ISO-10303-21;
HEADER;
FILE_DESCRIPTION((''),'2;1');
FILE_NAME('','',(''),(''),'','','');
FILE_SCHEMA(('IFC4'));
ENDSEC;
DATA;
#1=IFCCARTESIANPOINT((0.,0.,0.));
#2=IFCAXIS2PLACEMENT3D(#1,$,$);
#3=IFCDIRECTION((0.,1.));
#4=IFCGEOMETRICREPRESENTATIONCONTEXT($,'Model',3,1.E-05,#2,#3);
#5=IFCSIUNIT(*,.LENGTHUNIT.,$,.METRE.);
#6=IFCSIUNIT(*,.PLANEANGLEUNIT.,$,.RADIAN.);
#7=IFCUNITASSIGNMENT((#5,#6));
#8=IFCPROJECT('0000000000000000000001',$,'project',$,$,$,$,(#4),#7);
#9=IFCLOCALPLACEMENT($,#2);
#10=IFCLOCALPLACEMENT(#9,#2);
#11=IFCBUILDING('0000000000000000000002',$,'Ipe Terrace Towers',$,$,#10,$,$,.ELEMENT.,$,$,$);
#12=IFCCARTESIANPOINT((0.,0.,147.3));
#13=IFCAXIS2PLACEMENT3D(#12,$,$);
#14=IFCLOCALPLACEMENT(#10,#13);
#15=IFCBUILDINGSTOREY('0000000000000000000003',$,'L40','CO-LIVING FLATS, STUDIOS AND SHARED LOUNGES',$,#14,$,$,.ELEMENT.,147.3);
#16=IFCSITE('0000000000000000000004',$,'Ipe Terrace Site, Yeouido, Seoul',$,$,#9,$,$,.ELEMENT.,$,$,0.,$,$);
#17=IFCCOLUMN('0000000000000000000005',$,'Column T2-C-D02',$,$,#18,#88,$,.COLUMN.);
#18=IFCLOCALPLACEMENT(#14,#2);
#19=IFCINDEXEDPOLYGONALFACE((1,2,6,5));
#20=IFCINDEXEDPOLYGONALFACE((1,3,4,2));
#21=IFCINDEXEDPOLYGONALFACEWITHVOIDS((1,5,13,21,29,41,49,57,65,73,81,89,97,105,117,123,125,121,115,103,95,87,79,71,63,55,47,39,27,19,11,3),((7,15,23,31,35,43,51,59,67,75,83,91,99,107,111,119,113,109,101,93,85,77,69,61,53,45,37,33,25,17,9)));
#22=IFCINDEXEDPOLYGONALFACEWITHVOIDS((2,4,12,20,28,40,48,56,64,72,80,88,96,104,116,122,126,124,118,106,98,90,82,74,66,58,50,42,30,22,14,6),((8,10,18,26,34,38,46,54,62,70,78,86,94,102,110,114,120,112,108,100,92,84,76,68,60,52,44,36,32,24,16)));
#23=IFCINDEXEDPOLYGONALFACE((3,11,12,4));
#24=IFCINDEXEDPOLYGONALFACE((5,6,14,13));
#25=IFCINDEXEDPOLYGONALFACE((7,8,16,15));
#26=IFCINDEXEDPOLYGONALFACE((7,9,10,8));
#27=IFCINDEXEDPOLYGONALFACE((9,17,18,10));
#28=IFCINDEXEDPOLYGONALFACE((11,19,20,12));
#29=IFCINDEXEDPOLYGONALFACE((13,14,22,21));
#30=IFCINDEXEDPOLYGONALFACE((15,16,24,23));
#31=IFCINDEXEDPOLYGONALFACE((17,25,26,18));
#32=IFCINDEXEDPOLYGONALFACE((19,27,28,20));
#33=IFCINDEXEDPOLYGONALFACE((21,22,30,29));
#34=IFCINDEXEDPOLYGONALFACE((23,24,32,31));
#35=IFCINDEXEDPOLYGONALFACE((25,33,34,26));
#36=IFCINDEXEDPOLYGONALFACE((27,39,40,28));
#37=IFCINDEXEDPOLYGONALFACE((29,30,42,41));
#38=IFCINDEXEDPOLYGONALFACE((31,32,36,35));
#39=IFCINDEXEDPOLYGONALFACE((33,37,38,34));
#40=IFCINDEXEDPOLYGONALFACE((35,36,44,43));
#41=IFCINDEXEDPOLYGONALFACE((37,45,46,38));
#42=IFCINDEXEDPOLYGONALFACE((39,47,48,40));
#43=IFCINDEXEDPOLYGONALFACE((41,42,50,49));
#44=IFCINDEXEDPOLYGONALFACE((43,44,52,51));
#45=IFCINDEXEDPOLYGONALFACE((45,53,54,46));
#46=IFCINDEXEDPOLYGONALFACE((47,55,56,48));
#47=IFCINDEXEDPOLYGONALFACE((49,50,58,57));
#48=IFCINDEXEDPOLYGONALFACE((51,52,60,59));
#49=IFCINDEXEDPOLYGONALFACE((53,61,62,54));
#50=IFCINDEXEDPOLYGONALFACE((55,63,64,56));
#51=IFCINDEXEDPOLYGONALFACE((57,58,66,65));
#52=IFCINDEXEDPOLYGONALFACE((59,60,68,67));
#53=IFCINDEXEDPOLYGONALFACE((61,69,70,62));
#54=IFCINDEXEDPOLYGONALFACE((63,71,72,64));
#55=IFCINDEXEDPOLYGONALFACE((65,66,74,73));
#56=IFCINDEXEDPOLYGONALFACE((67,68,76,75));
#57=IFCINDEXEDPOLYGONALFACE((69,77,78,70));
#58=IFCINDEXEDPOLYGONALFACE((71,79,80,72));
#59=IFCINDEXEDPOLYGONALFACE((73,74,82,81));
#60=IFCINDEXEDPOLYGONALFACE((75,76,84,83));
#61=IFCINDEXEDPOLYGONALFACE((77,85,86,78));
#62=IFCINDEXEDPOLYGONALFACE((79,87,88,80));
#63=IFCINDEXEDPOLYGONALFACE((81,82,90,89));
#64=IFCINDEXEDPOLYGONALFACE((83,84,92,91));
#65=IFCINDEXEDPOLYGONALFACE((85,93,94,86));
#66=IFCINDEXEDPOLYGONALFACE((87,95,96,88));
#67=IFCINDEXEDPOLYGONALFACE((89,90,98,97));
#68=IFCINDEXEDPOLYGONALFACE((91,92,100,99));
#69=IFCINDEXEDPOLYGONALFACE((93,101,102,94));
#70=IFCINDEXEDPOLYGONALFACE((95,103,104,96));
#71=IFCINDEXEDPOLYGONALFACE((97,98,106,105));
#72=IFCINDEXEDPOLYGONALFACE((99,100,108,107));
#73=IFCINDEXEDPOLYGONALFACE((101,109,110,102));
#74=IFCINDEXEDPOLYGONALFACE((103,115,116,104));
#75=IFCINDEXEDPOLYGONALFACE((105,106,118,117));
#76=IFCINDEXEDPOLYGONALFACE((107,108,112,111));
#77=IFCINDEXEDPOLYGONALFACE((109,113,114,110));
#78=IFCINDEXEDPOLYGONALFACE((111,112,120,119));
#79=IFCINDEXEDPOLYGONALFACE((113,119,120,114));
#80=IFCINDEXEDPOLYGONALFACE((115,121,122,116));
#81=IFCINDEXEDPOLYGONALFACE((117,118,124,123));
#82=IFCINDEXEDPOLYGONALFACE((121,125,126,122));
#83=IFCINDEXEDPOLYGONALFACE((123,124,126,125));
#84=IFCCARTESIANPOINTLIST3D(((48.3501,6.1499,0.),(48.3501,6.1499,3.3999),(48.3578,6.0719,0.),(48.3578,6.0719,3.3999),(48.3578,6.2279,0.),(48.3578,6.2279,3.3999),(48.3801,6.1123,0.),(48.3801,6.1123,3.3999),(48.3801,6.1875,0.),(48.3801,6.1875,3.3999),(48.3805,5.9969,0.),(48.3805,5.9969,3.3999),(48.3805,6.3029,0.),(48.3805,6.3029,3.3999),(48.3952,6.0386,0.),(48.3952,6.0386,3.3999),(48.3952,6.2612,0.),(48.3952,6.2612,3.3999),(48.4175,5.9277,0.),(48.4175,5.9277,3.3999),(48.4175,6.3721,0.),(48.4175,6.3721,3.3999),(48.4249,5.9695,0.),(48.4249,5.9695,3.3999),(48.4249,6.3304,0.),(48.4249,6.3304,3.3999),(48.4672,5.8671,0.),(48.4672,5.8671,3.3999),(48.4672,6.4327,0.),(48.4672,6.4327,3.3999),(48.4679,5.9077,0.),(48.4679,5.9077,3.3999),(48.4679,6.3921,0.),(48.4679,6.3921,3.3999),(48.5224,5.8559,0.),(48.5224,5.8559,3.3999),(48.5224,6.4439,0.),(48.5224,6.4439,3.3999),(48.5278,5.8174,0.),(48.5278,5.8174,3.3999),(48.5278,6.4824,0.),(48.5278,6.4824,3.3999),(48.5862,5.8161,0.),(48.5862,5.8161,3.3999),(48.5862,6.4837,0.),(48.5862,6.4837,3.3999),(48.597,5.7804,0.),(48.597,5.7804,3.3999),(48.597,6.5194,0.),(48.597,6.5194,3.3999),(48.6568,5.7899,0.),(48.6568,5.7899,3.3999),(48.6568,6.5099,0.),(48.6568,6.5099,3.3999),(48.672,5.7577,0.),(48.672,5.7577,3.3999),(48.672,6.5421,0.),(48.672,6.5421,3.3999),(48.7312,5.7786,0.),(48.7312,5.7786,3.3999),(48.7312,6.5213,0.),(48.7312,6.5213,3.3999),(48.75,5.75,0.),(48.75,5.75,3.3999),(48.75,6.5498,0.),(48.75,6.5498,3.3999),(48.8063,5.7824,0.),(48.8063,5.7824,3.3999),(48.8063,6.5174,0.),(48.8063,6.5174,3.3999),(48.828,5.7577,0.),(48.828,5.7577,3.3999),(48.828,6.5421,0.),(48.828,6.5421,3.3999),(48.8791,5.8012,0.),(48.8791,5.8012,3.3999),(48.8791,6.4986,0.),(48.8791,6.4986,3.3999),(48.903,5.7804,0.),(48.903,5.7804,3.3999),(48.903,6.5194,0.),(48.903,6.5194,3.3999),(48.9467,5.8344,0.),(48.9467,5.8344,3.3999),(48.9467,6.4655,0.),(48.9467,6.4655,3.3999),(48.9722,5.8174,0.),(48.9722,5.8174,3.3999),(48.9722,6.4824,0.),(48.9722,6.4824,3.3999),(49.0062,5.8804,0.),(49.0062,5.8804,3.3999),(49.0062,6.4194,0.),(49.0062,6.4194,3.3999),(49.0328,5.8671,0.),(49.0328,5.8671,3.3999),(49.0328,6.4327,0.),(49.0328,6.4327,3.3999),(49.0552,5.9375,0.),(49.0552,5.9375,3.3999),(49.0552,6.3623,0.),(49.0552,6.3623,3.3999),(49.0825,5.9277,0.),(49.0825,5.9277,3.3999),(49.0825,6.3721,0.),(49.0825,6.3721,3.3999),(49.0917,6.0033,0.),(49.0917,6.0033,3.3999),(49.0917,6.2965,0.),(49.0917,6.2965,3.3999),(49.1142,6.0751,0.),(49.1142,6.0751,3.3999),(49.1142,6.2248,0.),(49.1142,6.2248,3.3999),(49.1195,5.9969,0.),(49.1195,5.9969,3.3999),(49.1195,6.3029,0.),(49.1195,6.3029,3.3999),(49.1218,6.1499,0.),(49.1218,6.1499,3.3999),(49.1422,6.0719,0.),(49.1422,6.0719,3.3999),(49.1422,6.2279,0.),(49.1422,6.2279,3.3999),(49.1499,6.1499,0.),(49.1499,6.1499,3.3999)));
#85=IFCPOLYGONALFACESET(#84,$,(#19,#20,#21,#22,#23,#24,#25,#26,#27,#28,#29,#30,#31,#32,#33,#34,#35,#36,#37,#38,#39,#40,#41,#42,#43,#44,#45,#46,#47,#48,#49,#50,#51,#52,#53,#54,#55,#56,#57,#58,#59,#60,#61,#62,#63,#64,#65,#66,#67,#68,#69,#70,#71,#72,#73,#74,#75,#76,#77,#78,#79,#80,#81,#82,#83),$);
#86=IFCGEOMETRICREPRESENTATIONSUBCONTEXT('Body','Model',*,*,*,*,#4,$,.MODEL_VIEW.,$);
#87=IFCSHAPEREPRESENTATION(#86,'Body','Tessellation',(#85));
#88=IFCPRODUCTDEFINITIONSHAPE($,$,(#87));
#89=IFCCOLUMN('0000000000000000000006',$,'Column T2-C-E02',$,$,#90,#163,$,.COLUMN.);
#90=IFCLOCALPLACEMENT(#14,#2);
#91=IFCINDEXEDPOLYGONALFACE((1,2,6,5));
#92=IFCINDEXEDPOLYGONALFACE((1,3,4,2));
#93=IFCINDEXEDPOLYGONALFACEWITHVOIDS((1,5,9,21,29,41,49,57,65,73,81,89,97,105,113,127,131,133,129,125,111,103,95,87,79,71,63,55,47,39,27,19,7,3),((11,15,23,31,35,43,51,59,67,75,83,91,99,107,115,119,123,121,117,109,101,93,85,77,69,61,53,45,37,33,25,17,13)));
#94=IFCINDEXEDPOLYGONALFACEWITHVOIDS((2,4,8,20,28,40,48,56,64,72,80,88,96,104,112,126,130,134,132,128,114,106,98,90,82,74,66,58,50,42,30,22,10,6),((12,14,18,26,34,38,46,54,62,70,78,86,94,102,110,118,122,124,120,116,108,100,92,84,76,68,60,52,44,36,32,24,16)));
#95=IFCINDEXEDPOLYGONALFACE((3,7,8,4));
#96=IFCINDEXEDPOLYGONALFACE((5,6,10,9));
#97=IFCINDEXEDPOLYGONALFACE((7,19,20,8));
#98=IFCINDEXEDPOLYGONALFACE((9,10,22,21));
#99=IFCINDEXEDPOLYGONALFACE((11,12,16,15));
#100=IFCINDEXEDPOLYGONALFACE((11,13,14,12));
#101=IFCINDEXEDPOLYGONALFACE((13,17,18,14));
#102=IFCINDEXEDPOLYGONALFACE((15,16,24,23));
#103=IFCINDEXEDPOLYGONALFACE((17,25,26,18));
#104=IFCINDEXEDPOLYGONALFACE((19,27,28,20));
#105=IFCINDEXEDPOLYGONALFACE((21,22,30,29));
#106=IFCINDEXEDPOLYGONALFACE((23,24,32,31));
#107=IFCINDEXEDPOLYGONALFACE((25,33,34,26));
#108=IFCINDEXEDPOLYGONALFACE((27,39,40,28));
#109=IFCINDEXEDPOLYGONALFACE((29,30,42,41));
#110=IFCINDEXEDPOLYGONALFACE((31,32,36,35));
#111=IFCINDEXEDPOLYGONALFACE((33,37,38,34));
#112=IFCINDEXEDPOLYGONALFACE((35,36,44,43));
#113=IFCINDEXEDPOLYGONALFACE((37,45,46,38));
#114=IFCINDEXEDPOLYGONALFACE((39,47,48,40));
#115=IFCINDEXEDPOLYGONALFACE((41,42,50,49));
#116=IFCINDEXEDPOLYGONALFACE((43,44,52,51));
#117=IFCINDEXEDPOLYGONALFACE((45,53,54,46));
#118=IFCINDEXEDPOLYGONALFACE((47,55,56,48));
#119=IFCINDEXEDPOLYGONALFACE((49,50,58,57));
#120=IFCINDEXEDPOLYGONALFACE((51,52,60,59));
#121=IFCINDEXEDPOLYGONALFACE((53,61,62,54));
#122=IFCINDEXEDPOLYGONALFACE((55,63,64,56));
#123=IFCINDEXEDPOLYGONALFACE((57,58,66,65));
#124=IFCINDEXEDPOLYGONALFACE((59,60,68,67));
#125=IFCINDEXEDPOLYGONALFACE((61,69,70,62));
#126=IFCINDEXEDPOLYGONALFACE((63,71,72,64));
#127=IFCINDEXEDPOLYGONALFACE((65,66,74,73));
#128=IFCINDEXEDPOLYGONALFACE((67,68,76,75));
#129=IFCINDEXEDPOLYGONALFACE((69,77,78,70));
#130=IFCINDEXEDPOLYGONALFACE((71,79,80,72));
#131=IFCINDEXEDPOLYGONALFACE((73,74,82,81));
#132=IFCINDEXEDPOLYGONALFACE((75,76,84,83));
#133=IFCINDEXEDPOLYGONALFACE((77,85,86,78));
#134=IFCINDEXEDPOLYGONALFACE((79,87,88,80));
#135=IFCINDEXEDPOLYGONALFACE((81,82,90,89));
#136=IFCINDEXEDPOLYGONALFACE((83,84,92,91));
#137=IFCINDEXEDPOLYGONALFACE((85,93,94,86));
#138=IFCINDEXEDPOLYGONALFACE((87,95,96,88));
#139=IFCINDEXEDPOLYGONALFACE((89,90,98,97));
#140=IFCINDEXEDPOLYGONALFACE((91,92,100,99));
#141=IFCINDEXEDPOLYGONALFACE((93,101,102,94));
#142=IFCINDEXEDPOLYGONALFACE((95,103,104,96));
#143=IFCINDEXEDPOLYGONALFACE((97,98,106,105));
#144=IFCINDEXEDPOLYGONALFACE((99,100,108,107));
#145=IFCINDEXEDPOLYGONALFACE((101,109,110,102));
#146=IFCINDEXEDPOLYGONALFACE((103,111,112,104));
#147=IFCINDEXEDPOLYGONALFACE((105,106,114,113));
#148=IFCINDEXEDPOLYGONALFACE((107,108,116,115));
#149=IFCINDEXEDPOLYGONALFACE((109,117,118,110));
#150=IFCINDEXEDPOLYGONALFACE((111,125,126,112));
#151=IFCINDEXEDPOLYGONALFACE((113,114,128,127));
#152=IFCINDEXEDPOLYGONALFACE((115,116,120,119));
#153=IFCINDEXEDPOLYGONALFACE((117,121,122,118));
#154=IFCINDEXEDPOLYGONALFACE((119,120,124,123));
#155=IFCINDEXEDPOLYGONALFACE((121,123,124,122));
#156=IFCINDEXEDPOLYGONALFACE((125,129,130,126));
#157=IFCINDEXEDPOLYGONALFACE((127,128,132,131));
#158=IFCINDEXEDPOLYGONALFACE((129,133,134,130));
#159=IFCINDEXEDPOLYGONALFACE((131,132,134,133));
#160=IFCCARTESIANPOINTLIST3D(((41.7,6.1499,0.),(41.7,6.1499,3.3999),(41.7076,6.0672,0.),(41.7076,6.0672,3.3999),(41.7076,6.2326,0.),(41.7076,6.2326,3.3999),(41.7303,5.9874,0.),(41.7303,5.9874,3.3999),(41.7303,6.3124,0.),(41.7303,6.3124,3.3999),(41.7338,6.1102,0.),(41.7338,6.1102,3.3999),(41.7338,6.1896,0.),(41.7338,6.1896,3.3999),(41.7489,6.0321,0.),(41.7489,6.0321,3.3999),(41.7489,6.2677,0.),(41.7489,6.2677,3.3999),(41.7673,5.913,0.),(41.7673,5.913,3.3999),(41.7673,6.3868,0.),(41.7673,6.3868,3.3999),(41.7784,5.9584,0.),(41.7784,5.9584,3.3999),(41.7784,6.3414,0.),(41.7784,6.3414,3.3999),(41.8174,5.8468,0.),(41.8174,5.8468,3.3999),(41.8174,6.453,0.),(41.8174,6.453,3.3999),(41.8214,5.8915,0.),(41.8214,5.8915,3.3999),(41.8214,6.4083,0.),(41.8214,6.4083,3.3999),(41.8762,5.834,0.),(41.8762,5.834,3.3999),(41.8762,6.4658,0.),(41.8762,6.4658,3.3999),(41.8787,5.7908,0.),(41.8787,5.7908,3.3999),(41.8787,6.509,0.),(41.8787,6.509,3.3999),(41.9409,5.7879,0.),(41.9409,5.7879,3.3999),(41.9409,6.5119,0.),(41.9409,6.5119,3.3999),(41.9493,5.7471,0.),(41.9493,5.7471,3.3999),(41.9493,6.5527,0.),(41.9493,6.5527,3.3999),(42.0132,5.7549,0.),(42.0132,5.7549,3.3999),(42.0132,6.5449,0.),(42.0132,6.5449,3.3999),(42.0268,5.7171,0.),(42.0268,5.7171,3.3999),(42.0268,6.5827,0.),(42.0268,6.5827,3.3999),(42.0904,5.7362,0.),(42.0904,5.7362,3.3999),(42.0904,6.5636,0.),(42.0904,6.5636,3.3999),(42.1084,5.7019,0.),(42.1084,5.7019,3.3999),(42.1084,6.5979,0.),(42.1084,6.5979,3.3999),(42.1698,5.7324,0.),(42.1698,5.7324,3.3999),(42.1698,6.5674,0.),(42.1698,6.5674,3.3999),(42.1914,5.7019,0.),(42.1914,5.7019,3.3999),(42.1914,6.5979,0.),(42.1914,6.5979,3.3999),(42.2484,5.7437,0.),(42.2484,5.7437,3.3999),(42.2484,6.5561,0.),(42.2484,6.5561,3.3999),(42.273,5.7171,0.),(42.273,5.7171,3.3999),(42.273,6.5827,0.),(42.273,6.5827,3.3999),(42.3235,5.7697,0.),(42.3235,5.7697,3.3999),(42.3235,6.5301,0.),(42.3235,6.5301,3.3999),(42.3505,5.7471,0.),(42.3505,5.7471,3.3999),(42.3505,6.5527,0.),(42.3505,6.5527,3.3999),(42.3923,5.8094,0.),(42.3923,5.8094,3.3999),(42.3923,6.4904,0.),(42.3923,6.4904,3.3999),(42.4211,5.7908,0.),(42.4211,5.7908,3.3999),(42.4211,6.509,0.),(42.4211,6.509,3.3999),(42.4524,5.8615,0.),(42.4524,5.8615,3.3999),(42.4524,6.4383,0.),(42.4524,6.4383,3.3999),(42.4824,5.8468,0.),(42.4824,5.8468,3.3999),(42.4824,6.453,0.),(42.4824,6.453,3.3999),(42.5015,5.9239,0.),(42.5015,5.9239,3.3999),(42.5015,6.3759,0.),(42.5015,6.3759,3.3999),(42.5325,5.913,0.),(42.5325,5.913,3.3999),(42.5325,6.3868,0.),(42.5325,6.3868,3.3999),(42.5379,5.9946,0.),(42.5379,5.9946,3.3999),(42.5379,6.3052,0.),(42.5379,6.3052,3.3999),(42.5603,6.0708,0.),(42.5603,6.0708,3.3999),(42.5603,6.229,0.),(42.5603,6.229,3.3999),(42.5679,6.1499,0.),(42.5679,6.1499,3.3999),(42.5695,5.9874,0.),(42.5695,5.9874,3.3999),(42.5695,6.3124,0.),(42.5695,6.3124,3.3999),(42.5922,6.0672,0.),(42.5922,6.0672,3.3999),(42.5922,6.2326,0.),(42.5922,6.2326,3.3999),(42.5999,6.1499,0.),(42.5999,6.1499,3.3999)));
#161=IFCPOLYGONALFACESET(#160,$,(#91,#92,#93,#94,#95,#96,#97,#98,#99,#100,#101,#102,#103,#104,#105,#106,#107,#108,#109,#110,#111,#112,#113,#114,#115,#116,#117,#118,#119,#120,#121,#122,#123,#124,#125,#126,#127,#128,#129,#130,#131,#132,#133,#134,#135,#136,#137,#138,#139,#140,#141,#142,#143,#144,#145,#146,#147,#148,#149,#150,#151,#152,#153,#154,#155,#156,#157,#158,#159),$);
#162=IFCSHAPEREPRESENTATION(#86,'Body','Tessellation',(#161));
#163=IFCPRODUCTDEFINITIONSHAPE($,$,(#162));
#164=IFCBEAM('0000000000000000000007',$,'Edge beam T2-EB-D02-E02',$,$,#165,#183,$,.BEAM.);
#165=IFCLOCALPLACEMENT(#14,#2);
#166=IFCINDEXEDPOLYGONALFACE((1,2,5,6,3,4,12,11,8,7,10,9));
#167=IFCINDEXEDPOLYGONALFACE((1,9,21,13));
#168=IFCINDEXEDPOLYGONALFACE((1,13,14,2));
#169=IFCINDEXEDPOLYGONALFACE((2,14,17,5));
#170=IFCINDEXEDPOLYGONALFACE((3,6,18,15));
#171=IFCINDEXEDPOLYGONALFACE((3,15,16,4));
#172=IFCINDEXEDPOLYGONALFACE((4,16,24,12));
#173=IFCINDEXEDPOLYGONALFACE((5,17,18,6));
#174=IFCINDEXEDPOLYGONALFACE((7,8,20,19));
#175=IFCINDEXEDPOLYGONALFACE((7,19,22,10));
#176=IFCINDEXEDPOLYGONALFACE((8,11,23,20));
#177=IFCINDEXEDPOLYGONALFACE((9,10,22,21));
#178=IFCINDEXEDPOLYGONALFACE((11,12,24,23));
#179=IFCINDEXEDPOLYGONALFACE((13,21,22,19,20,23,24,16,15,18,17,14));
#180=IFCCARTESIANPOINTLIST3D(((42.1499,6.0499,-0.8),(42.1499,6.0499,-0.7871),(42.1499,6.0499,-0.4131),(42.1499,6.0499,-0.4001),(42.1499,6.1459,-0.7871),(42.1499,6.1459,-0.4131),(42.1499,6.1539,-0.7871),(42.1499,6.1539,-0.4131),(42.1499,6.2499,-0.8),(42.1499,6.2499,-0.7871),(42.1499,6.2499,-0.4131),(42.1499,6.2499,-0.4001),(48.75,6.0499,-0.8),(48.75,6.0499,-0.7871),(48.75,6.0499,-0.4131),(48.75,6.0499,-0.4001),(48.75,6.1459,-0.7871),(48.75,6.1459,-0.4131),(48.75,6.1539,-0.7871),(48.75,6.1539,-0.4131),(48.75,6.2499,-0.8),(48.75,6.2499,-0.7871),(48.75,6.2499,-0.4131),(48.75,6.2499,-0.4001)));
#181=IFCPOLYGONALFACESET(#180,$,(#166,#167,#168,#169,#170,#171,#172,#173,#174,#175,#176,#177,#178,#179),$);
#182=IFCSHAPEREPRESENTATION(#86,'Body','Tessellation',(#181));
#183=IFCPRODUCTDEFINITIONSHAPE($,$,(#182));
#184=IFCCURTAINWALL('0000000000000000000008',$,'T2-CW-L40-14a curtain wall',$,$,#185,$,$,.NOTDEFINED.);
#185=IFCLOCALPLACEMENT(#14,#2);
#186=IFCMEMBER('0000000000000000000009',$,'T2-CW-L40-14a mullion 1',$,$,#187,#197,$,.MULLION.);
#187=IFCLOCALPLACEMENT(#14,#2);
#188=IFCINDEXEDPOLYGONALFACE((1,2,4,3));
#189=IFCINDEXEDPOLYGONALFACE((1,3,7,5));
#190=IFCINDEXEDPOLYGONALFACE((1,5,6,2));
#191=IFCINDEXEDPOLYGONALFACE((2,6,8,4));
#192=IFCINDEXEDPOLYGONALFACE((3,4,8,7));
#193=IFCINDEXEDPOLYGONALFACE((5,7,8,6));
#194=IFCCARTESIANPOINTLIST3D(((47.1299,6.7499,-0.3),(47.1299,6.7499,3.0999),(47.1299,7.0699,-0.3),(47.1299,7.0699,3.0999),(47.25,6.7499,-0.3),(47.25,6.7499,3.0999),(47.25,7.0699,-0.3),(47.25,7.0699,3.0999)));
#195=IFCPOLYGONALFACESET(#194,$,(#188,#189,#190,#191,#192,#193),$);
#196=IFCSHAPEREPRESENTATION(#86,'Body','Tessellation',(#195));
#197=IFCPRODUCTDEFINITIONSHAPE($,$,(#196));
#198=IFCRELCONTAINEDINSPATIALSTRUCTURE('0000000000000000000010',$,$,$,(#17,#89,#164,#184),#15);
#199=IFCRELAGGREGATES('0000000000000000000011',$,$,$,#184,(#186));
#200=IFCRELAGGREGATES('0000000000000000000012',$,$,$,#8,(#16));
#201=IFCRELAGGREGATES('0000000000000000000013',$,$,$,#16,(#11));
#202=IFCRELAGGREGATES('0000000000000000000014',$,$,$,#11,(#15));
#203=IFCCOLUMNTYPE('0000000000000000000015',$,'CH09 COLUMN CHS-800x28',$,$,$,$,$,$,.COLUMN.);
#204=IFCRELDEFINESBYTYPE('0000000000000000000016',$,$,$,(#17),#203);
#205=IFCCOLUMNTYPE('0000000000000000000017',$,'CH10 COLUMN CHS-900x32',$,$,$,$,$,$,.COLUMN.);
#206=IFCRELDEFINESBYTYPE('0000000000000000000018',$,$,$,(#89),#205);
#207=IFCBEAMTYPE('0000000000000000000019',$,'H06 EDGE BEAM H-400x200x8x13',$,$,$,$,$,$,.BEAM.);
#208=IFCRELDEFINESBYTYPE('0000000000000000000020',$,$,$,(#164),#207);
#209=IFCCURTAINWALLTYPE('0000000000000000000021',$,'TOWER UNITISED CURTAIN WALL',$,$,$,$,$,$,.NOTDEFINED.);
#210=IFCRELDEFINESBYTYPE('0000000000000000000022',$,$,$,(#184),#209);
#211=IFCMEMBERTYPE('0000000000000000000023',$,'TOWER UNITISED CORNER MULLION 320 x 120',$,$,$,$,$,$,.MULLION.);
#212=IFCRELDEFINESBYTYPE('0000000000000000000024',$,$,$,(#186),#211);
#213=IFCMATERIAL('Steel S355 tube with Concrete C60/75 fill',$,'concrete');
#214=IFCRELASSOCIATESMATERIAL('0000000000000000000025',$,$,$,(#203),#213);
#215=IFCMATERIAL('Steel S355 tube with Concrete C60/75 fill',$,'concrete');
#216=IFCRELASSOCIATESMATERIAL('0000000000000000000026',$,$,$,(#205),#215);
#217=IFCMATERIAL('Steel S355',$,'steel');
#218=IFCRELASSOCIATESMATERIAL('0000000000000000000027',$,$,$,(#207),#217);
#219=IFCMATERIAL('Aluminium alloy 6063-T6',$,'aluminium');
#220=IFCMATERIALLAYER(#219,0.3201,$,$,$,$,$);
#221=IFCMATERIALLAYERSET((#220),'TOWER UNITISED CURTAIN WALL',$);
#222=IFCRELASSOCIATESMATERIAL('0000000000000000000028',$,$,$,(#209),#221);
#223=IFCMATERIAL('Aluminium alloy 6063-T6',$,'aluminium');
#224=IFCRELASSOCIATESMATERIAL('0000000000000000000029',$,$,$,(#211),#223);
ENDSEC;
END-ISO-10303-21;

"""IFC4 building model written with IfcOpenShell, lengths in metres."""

from ifc_helpers import new_model, si_unit, direction, frame, origin, origin_2d, place, context, subcontext, project, spatial, rectangle, hollow_circle, i_section, extrude, material, layer, layer_set, material_profile, profile_set, type_object, element, aggregate, save


model = new_model("IFC4")

# Units and contexts
model_context = context("Model", 3, precision=1e-05, world=origin(), true_north=direction((0.0, 1.0)))
body_context = subcontext(model_context, "Body", "Model", "MODEL_VIEW")
ifc_project = project(units=[si_unit("LENGTHUNIT", "METRE"), si_unit("PLANEANGLEUNIT", "RADIAN")], contexts=[model_context])

# Site, building, storey
site_placement = place(None, origin())
site = spatial("IfcSite", under=ifc_project, at=site_placement, Name="Ipe Terrace Site, Yeouido, Seoul", CompositionType="ELEMENT", RefElevation=0.0)
building_placement = place(site_placement, origin())
building = spatial("IfcBuilding", under=site, at=building_placement, Name="Ipe Terrace Towers", CompositionType="ELEMENT")
storey_placement = place(building_placement, frame((0.0, 0.0, 147.3)))
storey = spatial("IfcBuildingStorey", under=building, at=storey_placement, Name="L40", Description="CO-LIVING FLATS, STUDIOS AND SHARED LOUNGES", CompositionType="ELEMENT", Elevation=147.3)

# Columns
ifc_material_1 = material(Name="Steel S355 tube with Concrete C60/75 fill", Category="concrete")
ifc_material_profile_1 = material_profile(ifc_material_1, hollow_circle(Radius=0.3999, WallThickness=0.0281, at=origin_2d()), Name="CHS-800x28")
ifc_profile_set_1 = profile_set([ifc_material_profile_1], Name="Steel S355 tube with Concrete C60/75 fill")
column_type_1 = type_object("IfcColumnType", Name="CH09 COLUMN CHS-800x28", PredefinedType="COLUMN", material=ifc_profile_set_1)
column_1_placement = place(storey_placement, frame((48.75, 6.1499, 0.0), z_axis=(0.0, 0.0, 1.0), x_axis=(1.0, 0.0, 0.0)))
element("IfcColumn", 1, at=column_1_placement, inside=storey, type_object=column_type_1, Name="Column T2-C-D02", PredefinedType="COLUMN", context=body_context, shape_type="SweptSolid", body=[
    extrude(hollow_circle(Radius=0.3999, WallThickness=0.0281, at=origin_2d()), origin(), (0.0, 0.0, 1.0), 3.3999),
])
ifc_material_2 = material(Name="Steel S355 tube with Concrete C60/75 fill", Category="concrete")
ifc_material_profile_2 = material_profile(ifc_material_2, hollow_circle(Radius=0.45, WallThickness=0.032, at=origin_2d()), Name="CHS-900x32")
ifc_profile_set_2 = profile_set([ifc_material_profile_2], Name="Steel S355 tube with Concrete C60/75 fill")
column_type_2 = type_object("IfcColumnType", Name="CH10 COLUMN CHS-900x32", PredefinedType="COLUMN", material=ifc_profile_set_2)
column_2_placement = place(storey_placement, frame((42.1499, 6.1499, 0.0), z_axis=(0.0, 0.0, 1.0), x_axis=(1.0, 0.0, 0.0)))
element("IfcColumn", 2, at=column_2_placement, inside=storey, type_object=column_type_2, Name="Column T2-C-E02", PredefinedType="COLUMN", context=body_context, shape_type="SweptSolid", body=[
    extrude(hollow_circle(Radius=0.45, WallThickness=0.032, at=origin_2d()), origin(), (0.0, 0.0, 1.0), 3.3999),
])

# Beam
ifc_material_3 = material(Name="Steel S355", Category="steel")
ifc_material_profile_3 = material_profile(ifc_material_3, i_section(OverallWidth=0.2, OverallDepth=0.3999, WebThickness=0.0081, FlangeThickness=0.0129, at=origin_2d()), Name="H-400x200x8x13")
ifc_profile_set_3 = profile_set([ifc_material_profile_3], Name="Steel S355")
beam_type = type_object("IfcBeamType", Name="H06 EDGE BEAM H-400x200x8x13", PredefinedType="BEAM", material=ifc_profile_set_3)
beam_placement = place(storey_placement, frame((48.75, 6.1499, -0.6001), z_axis=(-1.0, 0.0, 0.0), x_axis=(0.0, -1.0, 0.0)))
element("IfcBeam", 3, at=beam_placement, inside=storey, type_object=beam_type, Name="Edge beam T2-EB-D02-E02", PredefinedType="BEAM", context=body_context, shape_type="SweptSolid", body=[
    extrude(i_section(OverallWidth=0.2, OverallDepth=0.3999, WebThickness=0.0081, FlangeThickness=0.0129, at=origin_2d()), origin(), (0.0, 0.0, 1.0), 6.6001),
])

# Curtain wall, member
ifc_material_4 = material(Name="Aluminium alloy 6063-T6", Category="aluminium")
ifc_layer_1 = layer(ifc_material_4, 0.3201)
ifc_layer_set_1 = layer_set([ifc_layer_1], Name="TOWER UNITISED CURTAIN WALL")
curtain_wall_type = type_object("IfcCurtainWallType", Name="TOWER UNITISED CURTAIN WALL", PredefinedType="NOTDEFINED", material=ifc_layer_set_1)
curtain_wall_placement = place(storey_placement, origin())
curtain_wall = element("IfcCurtainWall", 4, at=curtain_wall_placement, inside=storey, type_object=curtain_wall_type, Name="T2-CW-L40-14a curtain wall", PredefinedType="NOTDEFINED")
ifc_material_5 = material(Name="Aluminium alloy 6063-T6", Category="aluminium")
ifc_material_profile_4 = material_profile(ifc_material_5, rectangle(XDim=0.3201, YDim=0.1201, at=origin_2d()), Name="TOWER UNITISED CORNER MULLION 320 x 120")
ifc_profile_set_4 = profile_set([ifc_material_profile_4], Name="Aluminium alloy 6063-T6")
member_type = type_object("IfcMemberType", Name="TOWER UNITISED CORNER MULLION 320 x 120", PredefinedType="MULLION", material=ifc_profile_set_4)
member_1_placement = place(storey_placement, frame((47.1899, 6.9099, -0.3), z_axis=(0.0, 0.0, 1.0), x_axis=(0.0, 1.0, 0.0)))
member_1 = element("IfcMember", 5, at=member_1_placement, type_object=member_type, Name="T2-CW-L40-14a mullion 1", PredefinedType="MULLION", context=body_context, shape_type="SweptSolid", body=[
    extrude(rectangle(XDim=0.3201, YDim=0.1201, at=origin_2d()), origin(), (0.0, 0.0, 1.0), 3.3999),
])
aggregate(curtain_wall, [member_1])

save(model, "model.ifc")
